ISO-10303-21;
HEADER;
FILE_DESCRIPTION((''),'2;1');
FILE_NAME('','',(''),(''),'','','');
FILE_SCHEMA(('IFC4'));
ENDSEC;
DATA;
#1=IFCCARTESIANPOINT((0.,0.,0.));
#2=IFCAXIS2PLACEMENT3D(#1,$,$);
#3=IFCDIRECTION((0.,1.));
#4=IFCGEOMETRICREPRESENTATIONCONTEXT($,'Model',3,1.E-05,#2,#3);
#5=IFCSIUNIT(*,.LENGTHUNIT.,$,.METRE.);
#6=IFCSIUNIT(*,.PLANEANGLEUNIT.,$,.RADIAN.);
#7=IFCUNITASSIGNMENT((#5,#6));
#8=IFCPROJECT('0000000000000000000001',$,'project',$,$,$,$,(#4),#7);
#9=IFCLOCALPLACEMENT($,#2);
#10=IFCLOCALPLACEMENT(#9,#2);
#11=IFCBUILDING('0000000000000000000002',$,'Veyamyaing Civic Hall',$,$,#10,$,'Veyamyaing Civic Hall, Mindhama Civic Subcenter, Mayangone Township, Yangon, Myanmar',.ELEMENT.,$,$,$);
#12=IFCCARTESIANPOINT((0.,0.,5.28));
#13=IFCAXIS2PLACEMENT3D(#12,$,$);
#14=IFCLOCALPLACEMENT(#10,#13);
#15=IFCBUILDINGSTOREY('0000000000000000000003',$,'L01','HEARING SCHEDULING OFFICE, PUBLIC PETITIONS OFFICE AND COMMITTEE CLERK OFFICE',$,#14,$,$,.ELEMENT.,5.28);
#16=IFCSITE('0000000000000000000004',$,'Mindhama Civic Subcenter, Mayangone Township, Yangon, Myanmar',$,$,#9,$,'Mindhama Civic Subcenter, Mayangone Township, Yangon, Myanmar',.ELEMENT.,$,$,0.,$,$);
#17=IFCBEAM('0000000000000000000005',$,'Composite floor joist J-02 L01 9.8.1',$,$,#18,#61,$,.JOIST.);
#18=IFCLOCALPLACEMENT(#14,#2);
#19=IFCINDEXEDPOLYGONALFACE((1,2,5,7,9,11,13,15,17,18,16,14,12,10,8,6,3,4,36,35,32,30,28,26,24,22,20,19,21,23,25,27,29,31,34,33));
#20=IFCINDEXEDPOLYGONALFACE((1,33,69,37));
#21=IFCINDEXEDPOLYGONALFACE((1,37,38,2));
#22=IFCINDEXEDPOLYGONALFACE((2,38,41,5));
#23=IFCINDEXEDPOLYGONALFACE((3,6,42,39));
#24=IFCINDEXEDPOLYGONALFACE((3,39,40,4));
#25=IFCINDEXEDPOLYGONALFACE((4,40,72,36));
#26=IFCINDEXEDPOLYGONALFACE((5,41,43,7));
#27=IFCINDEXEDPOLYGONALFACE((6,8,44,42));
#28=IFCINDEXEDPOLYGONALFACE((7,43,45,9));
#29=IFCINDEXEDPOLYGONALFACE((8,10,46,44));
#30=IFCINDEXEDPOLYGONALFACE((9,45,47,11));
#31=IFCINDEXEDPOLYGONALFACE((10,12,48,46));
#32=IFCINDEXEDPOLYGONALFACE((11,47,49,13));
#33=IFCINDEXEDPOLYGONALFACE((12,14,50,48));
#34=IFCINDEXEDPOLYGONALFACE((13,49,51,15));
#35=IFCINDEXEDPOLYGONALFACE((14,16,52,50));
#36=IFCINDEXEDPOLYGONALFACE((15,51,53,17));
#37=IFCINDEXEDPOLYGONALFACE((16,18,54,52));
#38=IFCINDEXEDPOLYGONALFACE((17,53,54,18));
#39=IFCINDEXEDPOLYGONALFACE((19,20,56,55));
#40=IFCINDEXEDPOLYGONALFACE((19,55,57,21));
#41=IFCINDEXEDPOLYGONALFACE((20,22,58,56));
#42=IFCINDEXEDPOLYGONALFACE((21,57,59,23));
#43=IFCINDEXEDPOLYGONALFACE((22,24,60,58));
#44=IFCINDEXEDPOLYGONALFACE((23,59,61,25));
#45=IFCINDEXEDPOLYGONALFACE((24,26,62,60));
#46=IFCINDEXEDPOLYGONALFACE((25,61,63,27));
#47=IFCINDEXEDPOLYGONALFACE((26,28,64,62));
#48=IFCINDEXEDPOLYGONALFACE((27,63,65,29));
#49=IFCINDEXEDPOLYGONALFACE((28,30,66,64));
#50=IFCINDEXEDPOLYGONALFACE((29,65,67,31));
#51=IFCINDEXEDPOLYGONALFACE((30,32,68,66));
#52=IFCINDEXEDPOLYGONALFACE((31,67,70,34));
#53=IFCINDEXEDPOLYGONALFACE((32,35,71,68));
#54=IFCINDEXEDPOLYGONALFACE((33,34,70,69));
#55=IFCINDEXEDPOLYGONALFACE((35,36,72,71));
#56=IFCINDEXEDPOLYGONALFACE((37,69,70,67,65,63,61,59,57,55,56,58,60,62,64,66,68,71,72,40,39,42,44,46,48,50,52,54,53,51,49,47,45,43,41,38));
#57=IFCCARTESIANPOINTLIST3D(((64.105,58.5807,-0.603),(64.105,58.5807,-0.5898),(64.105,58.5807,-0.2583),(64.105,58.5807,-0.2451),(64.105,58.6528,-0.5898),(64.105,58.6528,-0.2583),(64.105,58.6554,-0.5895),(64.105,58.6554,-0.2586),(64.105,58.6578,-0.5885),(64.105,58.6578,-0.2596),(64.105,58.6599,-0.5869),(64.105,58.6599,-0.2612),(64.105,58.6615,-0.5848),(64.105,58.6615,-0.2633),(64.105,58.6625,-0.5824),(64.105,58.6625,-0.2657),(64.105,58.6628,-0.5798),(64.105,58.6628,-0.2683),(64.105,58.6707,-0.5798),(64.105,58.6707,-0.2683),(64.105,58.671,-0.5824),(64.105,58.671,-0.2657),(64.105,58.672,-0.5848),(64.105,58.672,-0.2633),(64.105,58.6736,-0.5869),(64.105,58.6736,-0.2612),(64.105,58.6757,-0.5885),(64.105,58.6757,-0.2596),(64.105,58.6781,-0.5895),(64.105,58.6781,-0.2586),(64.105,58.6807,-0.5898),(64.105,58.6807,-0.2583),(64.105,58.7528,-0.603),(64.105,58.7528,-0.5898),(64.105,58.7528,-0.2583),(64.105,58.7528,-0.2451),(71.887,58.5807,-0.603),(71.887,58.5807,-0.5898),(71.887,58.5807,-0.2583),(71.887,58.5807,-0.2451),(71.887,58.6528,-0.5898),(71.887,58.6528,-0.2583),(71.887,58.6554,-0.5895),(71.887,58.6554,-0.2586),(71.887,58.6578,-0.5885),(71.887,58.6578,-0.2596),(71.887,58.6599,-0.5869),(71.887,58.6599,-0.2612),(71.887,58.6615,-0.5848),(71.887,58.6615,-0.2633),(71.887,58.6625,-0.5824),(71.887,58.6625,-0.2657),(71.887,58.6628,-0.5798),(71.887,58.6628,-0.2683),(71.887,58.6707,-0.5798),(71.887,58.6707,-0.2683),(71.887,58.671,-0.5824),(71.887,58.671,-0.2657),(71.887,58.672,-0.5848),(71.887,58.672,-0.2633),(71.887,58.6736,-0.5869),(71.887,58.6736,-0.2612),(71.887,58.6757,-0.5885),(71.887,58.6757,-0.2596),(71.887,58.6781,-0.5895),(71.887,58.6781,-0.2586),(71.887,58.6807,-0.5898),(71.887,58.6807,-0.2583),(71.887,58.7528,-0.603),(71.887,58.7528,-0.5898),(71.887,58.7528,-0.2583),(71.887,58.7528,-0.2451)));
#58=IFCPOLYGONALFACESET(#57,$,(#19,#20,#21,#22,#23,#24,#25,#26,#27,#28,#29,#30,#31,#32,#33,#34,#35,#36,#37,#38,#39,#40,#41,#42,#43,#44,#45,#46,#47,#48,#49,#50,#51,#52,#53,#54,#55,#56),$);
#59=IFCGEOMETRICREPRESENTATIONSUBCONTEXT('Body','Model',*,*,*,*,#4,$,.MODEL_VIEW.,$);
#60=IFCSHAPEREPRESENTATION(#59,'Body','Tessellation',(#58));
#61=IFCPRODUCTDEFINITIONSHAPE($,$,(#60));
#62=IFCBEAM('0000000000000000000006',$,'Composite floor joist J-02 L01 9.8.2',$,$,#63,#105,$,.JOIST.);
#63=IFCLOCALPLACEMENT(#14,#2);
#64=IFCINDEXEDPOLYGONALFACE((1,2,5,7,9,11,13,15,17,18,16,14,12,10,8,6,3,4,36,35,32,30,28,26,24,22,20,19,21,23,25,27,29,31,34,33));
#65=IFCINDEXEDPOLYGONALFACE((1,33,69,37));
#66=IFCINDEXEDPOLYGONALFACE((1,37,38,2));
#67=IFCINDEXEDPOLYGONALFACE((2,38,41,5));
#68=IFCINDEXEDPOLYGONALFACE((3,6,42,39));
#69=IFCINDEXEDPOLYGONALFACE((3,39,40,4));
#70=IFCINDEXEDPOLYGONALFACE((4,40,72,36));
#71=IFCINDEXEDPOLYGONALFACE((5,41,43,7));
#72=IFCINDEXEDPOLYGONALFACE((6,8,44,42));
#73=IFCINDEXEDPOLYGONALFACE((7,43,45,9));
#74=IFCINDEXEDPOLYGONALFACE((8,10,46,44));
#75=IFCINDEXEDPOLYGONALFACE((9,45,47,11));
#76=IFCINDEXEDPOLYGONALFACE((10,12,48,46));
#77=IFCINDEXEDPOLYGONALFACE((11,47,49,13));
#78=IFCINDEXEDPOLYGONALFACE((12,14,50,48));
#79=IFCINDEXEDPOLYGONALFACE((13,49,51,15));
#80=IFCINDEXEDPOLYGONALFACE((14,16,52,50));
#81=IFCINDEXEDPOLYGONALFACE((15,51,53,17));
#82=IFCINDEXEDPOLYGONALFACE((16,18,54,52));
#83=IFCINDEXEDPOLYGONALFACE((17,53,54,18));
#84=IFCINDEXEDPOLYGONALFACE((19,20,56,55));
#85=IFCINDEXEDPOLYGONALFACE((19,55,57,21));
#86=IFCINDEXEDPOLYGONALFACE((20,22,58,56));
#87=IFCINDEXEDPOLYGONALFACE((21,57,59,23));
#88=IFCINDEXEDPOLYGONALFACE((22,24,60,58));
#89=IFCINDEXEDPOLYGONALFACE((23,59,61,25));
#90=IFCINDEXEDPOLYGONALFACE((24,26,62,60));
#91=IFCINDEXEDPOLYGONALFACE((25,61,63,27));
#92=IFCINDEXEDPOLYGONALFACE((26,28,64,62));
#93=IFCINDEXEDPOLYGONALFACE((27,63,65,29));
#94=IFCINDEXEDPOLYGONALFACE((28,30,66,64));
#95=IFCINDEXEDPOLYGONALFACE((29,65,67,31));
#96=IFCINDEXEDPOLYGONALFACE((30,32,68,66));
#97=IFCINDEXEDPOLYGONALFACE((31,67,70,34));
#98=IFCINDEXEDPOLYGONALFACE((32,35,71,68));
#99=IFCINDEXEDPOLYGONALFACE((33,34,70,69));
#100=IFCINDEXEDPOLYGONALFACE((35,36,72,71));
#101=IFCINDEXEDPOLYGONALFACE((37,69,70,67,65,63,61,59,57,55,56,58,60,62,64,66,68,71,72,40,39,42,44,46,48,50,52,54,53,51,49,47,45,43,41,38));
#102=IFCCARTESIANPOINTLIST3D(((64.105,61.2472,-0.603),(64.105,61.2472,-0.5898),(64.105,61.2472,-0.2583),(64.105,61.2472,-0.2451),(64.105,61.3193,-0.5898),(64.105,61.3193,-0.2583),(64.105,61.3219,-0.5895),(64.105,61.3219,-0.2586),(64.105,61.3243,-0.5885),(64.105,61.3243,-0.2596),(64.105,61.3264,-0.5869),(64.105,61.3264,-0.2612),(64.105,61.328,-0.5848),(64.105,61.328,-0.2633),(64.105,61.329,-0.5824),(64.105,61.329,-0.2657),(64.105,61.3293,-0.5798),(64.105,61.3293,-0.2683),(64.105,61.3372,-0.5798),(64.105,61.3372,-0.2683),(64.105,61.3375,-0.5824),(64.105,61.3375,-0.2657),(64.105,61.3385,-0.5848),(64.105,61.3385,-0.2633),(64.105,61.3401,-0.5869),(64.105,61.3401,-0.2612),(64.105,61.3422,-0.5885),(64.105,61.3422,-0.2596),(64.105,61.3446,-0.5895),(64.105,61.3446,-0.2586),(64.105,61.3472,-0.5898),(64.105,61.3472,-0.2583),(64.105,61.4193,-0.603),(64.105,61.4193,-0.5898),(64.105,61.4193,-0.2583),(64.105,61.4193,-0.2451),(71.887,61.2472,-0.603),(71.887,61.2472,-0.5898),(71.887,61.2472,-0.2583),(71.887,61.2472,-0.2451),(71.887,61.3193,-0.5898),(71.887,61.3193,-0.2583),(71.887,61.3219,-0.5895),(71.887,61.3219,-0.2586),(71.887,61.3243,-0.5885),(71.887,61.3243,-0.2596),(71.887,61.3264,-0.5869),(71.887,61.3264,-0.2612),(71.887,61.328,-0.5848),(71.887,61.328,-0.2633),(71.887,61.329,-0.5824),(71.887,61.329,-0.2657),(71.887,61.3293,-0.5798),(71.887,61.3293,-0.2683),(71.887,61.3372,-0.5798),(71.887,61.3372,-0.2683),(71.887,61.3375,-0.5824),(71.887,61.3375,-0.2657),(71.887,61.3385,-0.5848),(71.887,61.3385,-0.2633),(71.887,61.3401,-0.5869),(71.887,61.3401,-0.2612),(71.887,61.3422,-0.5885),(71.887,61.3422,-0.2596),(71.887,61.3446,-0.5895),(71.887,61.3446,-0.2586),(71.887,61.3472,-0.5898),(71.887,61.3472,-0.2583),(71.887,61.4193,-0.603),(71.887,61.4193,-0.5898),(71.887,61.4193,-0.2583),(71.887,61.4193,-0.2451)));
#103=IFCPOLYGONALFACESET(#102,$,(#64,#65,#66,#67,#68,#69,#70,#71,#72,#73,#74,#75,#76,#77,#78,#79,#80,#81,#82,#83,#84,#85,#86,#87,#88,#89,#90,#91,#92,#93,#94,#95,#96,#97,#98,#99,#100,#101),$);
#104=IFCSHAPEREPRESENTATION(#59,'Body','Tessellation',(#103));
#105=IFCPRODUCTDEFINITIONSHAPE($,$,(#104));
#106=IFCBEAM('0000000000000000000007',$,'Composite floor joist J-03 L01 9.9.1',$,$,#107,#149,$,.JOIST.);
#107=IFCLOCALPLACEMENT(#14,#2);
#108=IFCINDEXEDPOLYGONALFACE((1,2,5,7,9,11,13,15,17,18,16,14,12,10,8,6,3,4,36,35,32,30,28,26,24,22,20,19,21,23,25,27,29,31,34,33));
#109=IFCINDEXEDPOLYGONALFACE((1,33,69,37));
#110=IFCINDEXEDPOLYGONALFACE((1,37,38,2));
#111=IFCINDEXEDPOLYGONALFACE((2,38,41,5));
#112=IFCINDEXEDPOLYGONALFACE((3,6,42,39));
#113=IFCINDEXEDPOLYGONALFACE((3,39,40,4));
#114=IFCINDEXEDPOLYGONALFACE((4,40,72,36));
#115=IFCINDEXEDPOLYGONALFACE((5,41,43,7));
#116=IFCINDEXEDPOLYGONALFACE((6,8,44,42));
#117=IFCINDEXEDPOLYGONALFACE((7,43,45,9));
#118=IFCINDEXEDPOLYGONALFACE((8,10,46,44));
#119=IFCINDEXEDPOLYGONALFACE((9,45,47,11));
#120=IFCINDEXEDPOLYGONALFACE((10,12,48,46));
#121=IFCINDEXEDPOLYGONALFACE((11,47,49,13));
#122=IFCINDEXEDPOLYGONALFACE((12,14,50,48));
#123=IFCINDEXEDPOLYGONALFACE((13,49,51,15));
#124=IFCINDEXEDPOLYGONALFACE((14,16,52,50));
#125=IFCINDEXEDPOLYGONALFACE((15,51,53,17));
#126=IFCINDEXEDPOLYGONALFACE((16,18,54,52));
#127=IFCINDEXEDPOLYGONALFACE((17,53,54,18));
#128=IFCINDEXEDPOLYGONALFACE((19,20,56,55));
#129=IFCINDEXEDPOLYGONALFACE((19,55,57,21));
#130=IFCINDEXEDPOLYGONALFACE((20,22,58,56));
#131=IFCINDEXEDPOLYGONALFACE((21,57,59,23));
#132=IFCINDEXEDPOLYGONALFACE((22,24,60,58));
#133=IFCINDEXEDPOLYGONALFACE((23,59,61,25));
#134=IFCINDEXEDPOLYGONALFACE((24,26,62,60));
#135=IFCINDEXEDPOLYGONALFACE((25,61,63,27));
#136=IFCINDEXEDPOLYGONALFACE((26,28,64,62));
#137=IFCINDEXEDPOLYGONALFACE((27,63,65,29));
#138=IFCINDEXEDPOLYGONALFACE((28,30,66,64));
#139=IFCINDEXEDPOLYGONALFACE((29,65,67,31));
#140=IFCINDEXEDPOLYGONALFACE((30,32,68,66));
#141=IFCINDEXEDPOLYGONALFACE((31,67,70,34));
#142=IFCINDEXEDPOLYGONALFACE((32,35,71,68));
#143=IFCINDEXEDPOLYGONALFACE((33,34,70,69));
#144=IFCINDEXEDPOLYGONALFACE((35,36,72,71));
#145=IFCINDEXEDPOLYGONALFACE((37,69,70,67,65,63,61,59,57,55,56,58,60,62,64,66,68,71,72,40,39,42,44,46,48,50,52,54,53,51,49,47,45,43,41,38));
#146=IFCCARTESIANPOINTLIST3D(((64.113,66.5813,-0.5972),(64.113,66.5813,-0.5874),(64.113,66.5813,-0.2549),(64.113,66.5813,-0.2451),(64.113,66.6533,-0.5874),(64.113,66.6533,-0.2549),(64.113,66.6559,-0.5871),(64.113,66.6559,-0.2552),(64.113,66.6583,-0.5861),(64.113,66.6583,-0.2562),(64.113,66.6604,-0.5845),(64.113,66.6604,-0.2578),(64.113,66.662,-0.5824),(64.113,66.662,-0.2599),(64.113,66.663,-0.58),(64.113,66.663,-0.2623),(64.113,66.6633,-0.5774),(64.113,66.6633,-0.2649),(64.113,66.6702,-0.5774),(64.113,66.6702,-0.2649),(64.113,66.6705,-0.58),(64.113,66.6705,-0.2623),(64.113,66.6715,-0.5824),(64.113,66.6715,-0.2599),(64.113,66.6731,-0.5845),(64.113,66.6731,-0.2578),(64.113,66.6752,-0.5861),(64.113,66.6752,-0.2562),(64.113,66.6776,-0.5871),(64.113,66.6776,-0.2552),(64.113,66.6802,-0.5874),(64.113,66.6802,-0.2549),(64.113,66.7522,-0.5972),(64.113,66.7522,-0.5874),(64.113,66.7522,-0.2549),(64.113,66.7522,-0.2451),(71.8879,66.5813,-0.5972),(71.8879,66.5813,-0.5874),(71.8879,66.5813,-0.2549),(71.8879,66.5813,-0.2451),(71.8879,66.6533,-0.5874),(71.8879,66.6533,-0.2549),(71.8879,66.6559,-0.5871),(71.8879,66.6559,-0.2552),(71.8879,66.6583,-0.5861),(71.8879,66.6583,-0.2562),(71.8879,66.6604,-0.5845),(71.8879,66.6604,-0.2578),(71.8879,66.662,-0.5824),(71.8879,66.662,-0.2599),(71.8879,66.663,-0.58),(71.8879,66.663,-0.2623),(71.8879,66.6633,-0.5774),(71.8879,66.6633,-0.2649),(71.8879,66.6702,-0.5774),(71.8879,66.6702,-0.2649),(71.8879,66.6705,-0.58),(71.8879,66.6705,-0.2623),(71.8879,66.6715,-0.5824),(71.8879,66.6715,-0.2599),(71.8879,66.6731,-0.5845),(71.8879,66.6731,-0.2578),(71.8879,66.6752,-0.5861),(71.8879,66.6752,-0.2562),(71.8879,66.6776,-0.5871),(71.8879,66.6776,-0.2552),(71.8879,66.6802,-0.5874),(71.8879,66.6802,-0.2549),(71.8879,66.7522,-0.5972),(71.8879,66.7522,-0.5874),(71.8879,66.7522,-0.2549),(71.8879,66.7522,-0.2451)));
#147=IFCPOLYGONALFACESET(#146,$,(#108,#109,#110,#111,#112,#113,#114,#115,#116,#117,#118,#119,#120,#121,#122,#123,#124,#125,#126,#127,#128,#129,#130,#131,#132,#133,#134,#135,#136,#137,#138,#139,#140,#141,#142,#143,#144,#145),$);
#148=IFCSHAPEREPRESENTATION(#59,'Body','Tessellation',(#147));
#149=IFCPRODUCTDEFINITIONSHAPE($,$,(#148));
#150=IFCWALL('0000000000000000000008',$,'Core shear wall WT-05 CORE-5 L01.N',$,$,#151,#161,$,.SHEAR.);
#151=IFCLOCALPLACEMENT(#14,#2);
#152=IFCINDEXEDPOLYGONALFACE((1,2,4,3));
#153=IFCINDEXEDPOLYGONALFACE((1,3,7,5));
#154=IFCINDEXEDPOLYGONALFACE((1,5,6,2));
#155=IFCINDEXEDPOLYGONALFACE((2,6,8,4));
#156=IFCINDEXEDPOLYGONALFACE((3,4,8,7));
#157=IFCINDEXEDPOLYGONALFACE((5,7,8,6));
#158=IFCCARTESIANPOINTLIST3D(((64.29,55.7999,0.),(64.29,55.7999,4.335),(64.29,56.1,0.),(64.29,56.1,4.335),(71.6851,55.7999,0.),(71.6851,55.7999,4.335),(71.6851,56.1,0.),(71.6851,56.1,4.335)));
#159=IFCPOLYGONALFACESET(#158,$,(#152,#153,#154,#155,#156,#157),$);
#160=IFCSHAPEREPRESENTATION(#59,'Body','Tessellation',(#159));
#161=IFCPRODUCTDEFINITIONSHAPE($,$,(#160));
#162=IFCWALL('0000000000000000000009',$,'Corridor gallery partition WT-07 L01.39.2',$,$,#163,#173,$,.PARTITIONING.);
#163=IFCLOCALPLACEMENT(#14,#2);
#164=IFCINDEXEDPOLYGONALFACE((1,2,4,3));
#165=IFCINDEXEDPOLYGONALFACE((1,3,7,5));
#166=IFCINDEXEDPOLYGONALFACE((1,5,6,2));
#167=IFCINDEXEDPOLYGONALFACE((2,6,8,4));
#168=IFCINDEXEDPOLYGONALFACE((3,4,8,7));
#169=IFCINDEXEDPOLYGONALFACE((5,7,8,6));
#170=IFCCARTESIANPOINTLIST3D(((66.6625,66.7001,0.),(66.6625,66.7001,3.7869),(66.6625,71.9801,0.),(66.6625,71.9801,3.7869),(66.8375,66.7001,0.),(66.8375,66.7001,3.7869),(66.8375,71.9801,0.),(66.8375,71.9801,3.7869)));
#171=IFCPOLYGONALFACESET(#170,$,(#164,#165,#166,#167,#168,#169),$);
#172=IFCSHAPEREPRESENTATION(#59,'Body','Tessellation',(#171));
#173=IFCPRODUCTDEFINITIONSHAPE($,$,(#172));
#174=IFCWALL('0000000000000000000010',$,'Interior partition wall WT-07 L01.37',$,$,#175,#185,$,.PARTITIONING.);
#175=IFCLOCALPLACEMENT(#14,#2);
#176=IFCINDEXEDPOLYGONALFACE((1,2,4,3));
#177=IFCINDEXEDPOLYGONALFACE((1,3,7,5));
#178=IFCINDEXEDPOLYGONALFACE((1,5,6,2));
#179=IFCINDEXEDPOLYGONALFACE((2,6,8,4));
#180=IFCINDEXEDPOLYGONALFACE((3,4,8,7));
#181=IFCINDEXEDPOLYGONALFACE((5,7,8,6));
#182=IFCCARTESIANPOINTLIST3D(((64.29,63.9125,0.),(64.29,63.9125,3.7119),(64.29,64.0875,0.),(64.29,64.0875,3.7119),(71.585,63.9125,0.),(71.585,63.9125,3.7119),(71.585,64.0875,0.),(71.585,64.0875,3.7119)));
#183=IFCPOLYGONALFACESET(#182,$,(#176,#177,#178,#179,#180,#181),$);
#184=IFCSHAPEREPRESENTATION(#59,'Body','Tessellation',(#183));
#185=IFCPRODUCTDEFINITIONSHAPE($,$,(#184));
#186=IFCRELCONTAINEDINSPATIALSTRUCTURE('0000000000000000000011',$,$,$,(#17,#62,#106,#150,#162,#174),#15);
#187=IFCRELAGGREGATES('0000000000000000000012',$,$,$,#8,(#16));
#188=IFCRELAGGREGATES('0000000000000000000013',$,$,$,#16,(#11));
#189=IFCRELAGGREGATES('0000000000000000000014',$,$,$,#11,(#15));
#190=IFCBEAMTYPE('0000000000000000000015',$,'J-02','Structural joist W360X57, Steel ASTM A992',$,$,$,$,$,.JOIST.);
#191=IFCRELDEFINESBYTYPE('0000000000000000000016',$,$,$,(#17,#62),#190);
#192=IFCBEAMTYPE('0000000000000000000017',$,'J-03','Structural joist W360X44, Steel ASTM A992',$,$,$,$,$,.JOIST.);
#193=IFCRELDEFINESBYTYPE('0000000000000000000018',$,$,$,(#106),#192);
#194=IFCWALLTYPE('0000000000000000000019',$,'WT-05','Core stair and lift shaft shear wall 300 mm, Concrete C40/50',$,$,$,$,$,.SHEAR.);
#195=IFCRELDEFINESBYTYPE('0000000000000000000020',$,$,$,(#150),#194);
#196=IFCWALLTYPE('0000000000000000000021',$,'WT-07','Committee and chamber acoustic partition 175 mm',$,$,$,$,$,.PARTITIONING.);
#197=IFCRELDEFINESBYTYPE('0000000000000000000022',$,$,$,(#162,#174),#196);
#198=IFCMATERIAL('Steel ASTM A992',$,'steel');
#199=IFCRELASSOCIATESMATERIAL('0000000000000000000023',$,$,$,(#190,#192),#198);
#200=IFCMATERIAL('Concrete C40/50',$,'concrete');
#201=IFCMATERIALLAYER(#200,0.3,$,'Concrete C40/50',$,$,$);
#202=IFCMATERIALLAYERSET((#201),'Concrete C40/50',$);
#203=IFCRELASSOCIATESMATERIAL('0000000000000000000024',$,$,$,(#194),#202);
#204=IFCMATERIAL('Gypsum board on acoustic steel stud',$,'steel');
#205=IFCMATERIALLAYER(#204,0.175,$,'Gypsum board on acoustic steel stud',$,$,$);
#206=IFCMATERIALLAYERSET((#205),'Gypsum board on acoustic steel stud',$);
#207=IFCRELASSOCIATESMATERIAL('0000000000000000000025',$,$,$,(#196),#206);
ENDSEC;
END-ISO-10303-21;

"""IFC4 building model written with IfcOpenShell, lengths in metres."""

from ifc_helpers import new_model, si_unit, direction, frame, frame_2d, origin, origin_2d, place, context, subcontext, project, spatial, rectangle, i_section, extrude, material, layer, layer_set, material_profile, profile_set, type_object, element, save


model = new_model("IFC4")

# Units and contexts
model_context = context("Model", 3, precision=1e-05, world=origin(), true_north=direction((0.0, 1.0)))
body_context = subcontext(model_context, "Body", "Model", "MODEL_VIEW")
ifc_project = project(units=[si_unit("LENGTHUNIT", "METRE"), si_unit("PLANEANGLEUNIT", "RADIAN")], contexts=[model_context])

# Site, building, storey
site_placement = place(None, origin())
site = spatial("IfcSite", under=ifc_project, at=site_placement, Name="Mindhama Civic Subcenter, Mayangone Township, Yangon, Myanmar", LongName="Mindhama Civic Subcenter, Mayangone Township, Yangon, Myanmar", CompositionType="ELEMENT", RefElevation=0.0)
building_placement = place(site_placement, origin())
building = spatial("IfcBuilding", under=site, at=building_placement, Name="Veyamyaing Civic Hall", LongName="Veyamyaing Civic Hall, Mindhama Civic Subcenter, Mayangone Township, Yangon, Myanmar", CompositionType="ELEMENT")
storey_placement = place(building_placement, frame((0.0, 0.0, 5.28)))
storey = spatial("IfcBuildingStorey", under=building, at=storey_placement, Name="L01", Description="HEARING SCHEDULING OFFICE, PUBLIC PETITIONS OFFICE AND COMMITTEE CLERK OFFICE", CompositionType="ELEMENT", Elevation=5.28)

# Beams
ifc_material_1 = material(Name="Steel ASTM A992", Category="steel")
ifc_material_profile_1 = material_profile(ifc_material_1, i_section(OverallWidth=0.1721, OverallDepth=0.3579, WebThickness=0.0078, FlangeThickness=0.0132, FilletRadius=0.01, at=origin_2d()), Name="W360X57")
ifc_profile_set_1 = profile_set([ifc_material_profile_1], Name="Steel ASTM A992")
beam_type_1 = type_object("IfcBeamType", Name="J-02", Description="Structural joist W360X57, Steel ASTM A992", PredefinedType="JOIST", material=ifc_profile_set_1)
for number, where, z_axis, x_axis, name in (
    (1, (64.105, 58.6667, -0.4241), (1.0, 0.0, 0.0), (0.0, 1.0, 0.0), "Composite floor joist J-02 L01 9.8.1"),
    (2, (64.105, 61.3333, -0.4241), (1.0, 0.0, 0.0), (0.0, 1.0, 0.0), "Composite floor joist J-02 L01 9.8.2"),
):
    element("IfcBeam", number, at=place(storey_placement, frame(where, z_axis=z_axis, x_axis=x_axis)), inside=storey, type_object=beam_type_1, Name=name, PredefinedType="JOIST", context=body_context, shape_type="SweptSolid", body=[
        extrude(i_section(OverallWidth=0.1721, OverallDepth=0.3579, WebThickness=0.0078, FlangeThickness=0.0132, FilletRadius=0.01, at=origin_2d()), origin(), (0.0, 0.0, 1.0), 7.782),
    ])
ifc_material_profile_2 = material_profile(ifc_material_1, i_section(OverallWidth=0.1709, OverallDepth=0.3521, WebThickness=0.0068, FlangeThickness=0.0098, FilletRadius=0.01, at=origin_2d()), Name="W360X44")
ifc_profile_set_2 = profile_set([ifc_material_profile_2], Name="Steel ASTM A992")
beam_type_2 = type_object("IfcBeamType", Name="J-03", Description="Structural joist W360X44, Steel ASTM A992", PredefinedType="JOIST", material=ifc_profile_set_2)
beam_1_placement = place(storey_placement, frame((64.113, 66.6667, -0.4211), z_axis=(1.0, 0.0, 0.0), x_axis=(0.0, 1.0, 0.0)))
element("IfcBeam", 3, at=beam_1_placement, inside=storey, type_object=beam_type_2, Name="Composite floor joist J-03 L01 9.9.1", PredefinedType="JOIST", context=body_context, shape_type="SweptSolid", body=[
    extrude(i_section(OverallWidth=0.1709, OverallDepth=0.3521, WebThickness=0.0068, FlangeThickness=0.0098, FilletRadius=0.01, at=origin_2d()), origin(), (0.0, 0.0, 1.0), 7.7749),
])

# Walls
ifc_material_2 = material(Name="Concrete C40/50", Category="concrete")
ifc_layer_1 = layer(ifc_material_2, 0.3, Name="Concrete C40/50")
ifc_layer_set_1 = layer_set([ifc_layer_1], Name="Concrete C40/50")
wall_type_1 = type_object("IfcWallType", Name="WT-05", Description="Core stair and lift shaft shear wall 300 mm, Concrete C40/50", PredefinedType="SHEAR", material=ifc_layer_set_1)
wall_1_placement = place(storey_placement, frame((64.29, 55.95, 0.0), z_axis=(0.0, 0.0, 1.0), x_axis=(1.0, 0.0, 0.0)))
element("IfcWall", 4, at=wall_1_placement, inside=storey, type_object=wall_type_1, Name="Core shear wall WT-05 CORE-5 L01.N", PredefinedType="SHEAR", context=body_context, shape_type="SweptSolid", body=[
    extrude(rectangle(XDim=7.395, YDim=0.3, at=frame_2d((3.6975, 0.0))), origin(), (0.0, 0.0, 1.0), 4.335),
])
ifc_material_3 = material(Name="Gypsum board on acoustic steel stud", Category="steel")
ifc_layer_2 = layer(ifc_material_3, 0.175, Name="Gypsum board on acoustic steel stud")
ifc_layer_set_2 = layer_set([ifc_layer_2], Name="Gypsum board on acoustic steel stud")
wall_type_2 = type_object("IfcWallType", Name="WT-07", Description="Committee and chamber acoustic partition 175 mm", PredefinedType="PARTITIONING", material=ifc_layer_set_2)
wall_2_placement = place(storey_placement, frame((66.75, 66.7, 0.0), z_axis=(0.0, 0.0, 1.0), x_axis=(0.0, 1.0, 0.0)))
element("IfcWall", 5, at=wall_2_placement, inside=storey, type_object=wall_type_2, Name="Corridor gallery partition WT-07 L01.39.2", PredefinedType="PARTITIONING", context=body_context, shape_type="SweptSolid", body=[
    extrude(rectangle(XDim=5.28, YDim=0.175, at=frame_2d((2.6401, 0.0))), origin(), (0.0, 0.0, 1.0), 3.7869),
])
wall_3_placement = place(storey_placement, frame((64.29, 64.0, 0.0), z_axis=(0.0, 0.0, 1.0), x_axis=(1.0, 0.0, 0.0)))
element("IfcWall", 6, at=wall_3_placement, inside=storey, type_object=wall_type_2, Name="Interior partition wall WT-07 L01.37", PredefinedType="PARTITIONING", context=body_context, shape_type="SweptSolid", body=[
    extrude(rectangle(XDim=7.2949, YDim=0.175, at=frame_2d((3.6475, 0.0))), origin(), (0.0, 0.0, 1.0), 3.7119),
])

save(model, "model.ifc")
